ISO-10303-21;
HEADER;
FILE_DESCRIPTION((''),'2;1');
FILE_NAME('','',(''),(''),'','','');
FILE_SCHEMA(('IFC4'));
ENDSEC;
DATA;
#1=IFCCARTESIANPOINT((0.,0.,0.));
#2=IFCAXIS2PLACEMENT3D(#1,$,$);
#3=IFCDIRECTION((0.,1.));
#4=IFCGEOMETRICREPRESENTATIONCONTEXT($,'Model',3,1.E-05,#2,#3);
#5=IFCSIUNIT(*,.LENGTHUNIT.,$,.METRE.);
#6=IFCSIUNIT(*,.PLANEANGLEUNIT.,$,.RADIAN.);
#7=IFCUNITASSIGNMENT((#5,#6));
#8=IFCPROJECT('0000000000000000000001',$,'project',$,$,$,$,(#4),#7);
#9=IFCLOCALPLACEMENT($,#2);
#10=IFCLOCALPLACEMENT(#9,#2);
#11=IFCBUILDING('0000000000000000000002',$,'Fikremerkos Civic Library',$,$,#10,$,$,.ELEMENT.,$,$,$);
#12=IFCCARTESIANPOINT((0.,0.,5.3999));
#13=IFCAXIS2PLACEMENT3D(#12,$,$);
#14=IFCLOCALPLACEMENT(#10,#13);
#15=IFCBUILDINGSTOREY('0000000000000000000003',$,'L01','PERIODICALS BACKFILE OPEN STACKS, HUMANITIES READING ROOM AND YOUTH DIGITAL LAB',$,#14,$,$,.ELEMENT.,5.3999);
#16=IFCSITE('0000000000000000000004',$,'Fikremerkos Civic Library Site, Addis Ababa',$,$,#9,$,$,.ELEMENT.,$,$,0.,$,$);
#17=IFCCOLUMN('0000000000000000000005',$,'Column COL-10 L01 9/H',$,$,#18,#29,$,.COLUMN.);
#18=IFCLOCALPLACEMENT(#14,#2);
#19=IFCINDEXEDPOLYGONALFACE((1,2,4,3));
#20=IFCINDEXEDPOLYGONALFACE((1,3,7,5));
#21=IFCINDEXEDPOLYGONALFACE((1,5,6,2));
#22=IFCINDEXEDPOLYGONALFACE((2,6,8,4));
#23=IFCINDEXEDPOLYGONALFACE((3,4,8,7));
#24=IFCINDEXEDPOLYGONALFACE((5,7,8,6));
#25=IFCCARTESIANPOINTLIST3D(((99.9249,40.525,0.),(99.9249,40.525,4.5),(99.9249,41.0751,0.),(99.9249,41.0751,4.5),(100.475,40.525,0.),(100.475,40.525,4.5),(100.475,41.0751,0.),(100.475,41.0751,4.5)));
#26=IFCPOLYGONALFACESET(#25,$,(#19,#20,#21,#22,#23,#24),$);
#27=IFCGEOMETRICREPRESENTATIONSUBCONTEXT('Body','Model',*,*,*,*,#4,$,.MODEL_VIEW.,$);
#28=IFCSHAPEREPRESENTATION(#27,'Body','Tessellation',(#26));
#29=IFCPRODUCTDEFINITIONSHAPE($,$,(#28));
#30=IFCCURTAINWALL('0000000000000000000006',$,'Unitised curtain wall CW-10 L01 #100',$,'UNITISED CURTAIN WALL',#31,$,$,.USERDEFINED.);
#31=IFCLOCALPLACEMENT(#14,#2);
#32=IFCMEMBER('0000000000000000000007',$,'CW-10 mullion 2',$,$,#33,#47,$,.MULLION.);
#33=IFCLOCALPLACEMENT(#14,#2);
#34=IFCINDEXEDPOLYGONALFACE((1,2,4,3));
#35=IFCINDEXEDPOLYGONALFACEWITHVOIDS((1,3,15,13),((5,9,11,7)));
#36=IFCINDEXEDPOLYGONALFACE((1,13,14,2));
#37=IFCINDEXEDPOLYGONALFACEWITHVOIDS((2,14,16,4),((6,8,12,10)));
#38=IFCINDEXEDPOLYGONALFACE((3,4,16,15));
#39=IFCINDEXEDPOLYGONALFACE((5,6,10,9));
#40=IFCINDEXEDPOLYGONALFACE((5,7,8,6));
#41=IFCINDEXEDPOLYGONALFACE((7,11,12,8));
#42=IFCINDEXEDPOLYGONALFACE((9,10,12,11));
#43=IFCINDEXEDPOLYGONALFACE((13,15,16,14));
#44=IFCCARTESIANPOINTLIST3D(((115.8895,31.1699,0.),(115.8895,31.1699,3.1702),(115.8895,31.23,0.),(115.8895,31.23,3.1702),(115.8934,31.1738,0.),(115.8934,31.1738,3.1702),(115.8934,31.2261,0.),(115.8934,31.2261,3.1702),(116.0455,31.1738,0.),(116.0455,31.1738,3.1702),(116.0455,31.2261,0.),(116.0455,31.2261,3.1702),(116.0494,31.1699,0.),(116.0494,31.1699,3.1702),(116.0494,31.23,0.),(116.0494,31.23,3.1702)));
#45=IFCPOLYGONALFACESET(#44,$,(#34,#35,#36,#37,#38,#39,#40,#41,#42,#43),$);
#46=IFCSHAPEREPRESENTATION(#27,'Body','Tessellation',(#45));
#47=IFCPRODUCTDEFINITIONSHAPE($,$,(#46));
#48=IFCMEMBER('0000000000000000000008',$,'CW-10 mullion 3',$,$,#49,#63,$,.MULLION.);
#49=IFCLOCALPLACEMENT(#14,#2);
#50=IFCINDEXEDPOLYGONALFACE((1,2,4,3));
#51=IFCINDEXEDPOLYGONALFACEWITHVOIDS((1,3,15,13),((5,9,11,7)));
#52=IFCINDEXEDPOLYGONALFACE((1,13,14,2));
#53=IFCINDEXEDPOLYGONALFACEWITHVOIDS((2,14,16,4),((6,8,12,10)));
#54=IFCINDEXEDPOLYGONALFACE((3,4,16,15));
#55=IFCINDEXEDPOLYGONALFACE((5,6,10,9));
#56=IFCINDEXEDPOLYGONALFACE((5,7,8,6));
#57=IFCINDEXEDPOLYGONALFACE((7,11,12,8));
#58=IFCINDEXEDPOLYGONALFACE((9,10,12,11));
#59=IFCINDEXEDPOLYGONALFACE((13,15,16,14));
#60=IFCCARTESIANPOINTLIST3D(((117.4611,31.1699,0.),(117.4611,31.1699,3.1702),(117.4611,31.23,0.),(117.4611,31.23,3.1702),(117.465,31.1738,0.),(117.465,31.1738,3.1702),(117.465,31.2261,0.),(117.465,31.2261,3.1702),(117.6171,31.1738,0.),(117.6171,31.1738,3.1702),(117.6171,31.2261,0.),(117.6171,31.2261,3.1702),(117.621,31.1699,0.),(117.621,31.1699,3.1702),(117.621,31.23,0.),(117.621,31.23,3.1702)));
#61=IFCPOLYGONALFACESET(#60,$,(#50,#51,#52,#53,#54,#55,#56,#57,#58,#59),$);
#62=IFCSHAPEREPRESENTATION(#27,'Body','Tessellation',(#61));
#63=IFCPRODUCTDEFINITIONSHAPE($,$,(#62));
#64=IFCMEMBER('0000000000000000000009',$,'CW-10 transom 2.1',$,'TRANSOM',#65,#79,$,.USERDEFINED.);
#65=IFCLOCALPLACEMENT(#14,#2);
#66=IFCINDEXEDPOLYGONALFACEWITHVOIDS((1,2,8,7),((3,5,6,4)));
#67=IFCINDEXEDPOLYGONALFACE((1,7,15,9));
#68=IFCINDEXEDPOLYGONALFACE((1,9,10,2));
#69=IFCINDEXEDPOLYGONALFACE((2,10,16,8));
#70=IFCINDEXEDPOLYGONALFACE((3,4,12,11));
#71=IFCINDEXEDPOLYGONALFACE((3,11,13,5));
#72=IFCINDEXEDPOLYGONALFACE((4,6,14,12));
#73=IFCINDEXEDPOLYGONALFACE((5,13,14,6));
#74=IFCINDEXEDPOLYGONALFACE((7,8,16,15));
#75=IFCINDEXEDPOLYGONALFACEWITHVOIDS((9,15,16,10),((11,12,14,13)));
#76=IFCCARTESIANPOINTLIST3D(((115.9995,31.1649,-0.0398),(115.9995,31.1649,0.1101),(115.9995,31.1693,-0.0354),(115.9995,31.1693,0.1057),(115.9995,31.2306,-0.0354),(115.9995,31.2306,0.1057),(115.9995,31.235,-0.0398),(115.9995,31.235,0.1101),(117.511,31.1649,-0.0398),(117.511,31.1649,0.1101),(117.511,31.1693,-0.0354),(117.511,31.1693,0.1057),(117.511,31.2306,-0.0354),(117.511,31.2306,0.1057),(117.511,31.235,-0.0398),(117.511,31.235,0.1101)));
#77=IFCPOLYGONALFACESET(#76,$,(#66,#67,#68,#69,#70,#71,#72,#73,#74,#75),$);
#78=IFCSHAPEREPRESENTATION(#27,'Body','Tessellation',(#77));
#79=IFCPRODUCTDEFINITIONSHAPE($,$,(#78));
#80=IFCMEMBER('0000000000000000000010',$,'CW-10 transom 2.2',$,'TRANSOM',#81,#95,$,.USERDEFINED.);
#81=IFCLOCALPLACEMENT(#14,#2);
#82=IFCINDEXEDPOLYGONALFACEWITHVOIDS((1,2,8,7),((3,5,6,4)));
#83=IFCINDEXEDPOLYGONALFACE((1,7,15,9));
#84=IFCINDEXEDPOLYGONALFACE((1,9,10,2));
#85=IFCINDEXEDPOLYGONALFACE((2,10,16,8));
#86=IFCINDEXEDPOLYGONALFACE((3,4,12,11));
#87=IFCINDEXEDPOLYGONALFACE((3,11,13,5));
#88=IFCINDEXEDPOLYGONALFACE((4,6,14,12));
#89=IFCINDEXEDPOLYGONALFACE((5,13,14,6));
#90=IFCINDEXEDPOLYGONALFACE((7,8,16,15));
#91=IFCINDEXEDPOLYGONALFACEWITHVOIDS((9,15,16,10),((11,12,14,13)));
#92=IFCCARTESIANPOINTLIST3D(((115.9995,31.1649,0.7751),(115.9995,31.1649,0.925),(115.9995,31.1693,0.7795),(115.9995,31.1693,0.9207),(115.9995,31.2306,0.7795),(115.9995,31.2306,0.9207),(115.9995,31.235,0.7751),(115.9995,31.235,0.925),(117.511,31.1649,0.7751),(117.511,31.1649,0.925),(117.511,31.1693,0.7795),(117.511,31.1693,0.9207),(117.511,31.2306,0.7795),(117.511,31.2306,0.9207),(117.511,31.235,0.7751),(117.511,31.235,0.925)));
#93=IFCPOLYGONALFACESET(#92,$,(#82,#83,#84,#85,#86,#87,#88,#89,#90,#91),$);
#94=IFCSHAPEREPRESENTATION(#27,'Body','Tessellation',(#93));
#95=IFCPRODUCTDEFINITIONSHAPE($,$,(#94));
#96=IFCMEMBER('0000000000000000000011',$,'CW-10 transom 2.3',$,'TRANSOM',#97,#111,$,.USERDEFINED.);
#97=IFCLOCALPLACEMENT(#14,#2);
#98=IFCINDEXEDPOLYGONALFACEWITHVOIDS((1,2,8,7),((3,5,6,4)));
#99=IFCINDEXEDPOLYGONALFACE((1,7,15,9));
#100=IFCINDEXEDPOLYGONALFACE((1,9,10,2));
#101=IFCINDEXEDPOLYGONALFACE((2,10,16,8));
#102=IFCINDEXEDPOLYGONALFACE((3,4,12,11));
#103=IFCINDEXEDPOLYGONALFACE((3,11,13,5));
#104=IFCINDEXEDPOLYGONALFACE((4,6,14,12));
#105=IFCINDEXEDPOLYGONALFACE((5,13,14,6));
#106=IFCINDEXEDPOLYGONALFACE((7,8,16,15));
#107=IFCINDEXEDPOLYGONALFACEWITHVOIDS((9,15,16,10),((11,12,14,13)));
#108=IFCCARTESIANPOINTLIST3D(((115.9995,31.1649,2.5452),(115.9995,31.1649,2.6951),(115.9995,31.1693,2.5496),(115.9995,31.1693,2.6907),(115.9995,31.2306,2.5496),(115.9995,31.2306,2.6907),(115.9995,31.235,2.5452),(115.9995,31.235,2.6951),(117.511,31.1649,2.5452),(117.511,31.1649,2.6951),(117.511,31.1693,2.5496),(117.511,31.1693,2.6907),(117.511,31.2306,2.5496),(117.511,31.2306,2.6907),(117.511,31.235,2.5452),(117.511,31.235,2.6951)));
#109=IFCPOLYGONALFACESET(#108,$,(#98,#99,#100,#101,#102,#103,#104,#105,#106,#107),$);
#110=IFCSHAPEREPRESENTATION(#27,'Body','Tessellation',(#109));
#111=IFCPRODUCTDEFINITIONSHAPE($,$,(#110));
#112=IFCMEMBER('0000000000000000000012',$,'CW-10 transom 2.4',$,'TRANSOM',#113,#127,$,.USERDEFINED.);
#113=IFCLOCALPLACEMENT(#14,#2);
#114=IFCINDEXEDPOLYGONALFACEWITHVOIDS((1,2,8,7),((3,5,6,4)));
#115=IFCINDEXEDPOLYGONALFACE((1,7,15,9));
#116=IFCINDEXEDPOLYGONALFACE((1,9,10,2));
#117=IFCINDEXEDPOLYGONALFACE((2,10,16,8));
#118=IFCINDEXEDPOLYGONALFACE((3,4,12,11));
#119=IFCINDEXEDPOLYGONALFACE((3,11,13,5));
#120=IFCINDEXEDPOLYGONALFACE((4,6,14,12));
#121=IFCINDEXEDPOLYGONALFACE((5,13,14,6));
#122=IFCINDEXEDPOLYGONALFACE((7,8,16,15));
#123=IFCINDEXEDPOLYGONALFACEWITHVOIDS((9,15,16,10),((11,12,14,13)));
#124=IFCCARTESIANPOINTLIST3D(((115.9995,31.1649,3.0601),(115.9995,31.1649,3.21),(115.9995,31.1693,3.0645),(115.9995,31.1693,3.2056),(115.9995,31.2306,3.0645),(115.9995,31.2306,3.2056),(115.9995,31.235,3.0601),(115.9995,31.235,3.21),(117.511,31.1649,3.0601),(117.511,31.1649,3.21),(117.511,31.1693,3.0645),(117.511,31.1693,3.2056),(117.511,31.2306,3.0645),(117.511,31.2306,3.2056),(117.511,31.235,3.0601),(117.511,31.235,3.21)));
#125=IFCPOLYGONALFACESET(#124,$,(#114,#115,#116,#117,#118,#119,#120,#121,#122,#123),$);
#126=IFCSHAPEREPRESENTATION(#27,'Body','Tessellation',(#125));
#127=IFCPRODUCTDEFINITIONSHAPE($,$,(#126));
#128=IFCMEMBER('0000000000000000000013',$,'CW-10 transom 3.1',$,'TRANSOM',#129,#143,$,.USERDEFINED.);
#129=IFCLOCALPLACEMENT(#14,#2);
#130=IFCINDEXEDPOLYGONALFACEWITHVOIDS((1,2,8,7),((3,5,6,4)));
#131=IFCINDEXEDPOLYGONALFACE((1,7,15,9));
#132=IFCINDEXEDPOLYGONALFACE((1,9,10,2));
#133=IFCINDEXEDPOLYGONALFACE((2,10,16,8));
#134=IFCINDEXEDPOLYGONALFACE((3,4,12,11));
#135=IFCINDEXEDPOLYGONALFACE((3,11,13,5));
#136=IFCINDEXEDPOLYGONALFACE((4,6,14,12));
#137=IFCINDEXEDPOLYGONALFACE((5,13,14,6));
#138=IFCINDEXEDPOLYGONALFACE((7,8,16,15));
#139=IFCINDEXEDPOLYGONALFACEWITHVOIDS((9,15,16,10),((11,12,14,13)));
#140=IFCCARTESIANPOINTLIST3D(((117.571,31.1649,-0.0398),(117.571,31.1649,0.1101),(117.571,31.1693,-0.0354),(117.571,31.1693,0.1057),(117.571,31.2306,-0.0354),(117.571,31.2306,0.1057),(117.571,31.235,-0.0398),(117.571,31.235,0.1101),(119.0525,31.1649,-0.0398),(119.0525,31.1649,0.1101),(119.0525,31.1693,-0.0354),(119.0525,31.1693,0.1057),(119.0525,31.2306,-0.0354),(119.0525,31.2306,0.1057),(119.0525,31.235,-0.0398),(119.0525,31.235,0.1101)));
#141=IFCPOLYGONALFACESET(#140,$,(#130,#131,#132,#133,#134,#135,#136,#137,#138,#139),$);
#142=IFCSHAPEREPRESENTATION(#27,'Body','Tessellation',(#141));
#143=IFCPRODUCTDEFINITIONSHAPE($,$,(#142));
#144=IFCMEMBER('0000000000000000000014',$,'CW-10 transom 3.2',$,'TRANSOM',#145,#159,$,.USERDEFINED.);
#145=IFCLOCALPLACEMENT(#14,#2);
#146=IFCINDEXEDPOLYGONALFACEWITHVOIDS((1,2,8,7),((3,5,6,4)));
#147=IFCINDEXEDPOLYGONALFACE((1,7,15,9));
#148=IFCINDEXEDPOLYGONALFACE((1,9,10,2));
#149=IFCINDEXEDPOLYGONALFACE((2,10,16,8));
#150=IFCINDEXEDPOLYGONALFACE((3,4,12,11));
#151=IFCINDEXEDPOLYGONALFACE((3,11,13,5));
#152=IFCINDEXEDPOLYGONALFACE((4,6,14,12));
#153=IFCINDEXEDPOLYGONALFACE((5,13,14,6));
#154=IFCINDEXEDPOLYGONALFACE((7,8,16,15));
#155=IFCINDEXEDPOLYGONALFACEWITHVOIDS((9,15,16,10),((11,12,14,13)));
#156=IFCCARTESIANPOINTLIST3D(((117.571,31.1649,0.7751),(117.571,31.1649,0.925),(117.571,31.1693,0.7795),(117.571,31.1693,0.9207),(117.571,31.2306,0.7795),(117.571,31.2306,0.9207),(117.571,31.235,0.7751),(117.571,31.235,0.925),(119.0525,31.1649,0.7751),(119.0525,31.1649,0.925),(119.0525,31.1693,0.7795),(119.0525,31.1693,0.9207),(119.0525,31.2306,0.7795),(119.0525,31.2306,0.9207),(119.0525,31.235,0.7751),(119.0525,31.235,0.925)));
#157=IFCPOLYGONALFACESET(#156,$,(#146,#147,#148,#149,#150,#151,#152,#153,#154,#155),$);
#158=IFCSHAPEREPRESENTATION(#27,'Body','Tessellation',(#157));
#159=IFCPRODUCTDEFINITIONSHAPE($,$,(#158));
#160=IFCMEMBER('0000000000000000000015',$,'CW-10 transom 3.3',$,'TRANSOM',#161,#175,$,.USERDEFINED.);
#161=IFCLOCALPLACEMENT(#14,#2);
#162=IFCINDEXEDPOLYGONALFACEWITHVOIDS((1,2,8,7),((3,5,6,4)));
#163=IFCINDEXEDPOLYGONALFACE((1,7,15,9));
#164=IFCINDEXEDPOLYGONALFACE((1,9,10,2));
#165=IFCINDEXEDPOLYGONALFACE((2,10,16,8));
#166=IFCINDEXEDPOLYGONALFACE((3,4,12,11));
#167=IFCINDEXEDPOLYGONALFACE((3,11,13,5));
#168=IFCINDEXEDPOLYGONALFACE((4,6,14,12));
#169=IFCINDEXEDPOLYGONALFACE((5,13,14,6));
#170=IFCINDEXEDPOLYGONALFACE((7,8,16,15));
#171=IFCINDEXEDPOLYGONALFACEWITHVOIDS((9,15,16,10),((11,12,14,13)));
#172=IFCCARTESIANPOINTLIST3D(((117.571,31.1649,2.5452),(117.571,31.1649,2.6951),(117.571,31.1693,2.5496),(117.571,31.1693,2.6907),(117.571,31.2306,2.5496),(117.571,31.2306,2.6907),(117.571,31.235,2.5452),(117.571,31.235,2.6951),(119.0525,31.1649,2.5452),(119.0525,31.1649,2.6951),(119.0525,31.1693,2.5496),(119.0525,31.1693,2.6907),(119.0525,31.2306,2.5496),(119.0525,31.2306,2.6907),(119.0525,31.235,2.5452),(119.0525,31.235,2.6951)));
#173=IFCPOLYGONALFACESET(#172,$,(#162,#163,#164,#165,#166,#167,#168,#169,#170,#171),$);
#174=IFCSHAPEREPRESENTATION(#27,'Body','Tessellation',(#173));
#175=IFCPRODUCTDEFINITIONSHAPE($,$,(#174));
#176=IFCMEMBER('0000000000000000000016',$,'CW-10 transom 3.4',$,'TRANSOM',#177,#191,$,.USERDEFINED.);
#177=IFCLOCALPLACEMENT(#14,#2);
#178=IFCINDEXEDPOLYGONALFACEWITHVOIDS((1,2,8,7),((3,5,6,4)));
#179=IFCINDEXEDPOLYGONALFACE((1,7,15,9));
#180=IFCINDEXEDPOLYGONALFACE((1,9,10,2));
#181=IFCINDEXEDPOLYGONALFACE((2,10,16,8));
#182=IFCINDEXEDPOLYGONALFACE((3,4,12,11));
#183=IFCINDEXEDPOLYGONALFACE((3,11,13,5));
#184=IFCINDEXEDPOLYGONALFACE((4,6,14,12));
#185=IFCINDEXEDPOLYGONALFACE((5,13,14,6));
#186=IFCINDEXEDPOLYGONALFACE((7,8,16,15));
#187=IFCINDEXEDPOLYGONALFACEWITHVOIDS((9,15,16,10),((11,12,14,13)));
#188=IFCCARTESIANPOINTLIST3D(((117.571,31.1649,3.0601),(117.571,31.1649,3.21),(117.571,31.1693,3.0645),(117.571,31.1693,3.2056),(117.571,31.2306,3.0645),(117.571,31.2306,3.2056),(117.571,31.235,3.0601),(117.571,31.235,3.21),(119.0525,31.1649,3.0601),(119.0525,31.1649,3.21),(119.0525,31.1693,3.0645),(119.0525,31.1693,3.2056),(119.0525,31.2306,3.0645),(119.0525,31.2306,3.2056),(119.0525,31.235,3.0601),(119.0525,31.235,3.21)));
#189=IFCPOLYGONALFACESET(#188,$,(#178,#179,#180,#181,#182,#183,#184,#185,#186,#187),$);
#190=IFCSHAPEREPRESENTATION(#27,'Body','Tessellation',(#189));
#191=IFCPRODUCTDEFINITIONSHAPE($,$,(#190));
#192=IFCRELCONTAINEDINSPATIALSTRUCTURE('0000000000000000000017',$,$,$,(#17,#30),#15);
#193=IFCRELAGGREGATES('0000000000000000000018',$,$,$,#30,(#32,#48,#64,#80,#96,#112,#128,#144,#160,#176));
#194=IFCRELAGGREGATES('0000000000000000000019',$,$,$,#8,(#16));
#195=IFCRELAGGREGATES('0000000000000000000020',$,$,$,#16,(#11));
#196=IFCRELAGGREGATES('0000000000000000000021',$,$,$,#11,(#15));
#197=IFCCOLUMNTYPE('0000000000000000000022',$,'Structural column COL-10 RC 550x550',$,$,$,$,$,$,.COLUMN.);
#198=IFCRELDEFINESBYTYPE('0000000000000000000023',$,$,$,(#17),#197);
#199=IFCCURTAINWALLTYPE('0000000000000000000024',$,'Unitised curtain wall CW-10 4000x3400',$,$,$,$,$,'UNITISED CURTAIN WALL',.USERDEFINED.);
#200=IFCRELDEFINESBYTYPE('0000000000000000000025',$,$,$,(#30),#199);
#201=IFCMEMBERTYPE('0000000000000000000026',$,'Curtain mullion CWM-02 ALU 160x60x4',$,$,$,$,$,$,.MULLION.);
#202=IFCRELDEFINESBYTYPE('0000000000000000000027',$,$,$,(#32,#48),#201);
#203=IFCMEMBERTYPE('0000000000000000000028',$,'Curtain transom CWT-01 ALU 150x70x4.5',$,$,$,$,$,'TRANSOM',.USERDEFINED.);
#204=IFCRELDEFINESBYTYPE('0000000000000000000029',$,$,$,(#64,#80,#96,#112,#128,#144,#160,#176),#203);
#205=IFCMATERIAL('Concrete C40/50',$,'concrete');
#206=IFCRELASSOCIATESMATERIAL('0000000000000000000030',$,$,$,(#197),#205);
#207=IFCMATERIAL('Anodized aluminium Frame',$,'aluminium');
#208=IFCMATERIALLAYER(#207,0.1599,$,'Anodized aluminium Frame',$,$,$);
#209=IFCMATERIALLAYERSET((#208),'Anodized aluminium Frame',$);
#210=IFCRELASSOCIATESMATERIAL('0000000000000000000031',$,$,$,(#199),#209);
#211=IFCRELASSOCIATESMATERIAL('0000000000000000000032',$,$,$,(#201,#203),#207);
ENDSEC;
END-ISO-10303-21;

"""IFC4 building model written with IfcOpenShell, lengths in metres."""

from ifc_helpers import new_model, si_unit, direction, frame, origin, origin_2d, place, context, subcontext, project, spatial, rectangle, hollow_rectangle, extrude, material, layer, layer_set, material_profile, profile_set, type_object, element, aggregate, save


model = new_model("IFC4")

# Units and contexts
model_context = context("Model", 3, precision=1e-05, world=origin(), true_north=direction((0.0, 1.0)))
body_context = subcontext(model_context, "Body", "Model", "MODEL_VIEW")
ifc_project = project(units=[si_unit("LENGTHUNIT", "METRE"), si_unit("PLANEANGLEUNIT", "RADIAN")], contexts=[model_context])

# Site, building, storey
site_placement = place(None, origin())
site = spatial("IfcSite", under=ifc_project, at=site_placement, Name="Fikremerkos Civic Library Site, Addis Ababa", CompositionType="ELEMENT", RefElevation=0.0)
building_placement = place(site_placement, origin())
building = spatial("IfcBuilding", under=site, at=building_placement, Name="Fikremerkos Civic Library", CompositionType="ELEMENT")
storey_placement = place(building_placement, frame((0.0, 0.0, 5.3999)))
storey = spatial("IfcBuildingStorey", under=building, at=storey_placement, Name="L01", Description="PERIODICALS BACKFILE OPEN STACKS, HUMANITIES READING ROOM AND YOUTH DIGITAL LAB", CompositionType="ELEMENT", Elevation=5.3999)

# Column
ifc_material_1 = material(Name="Concrete C40/50", Category="concrete")
ifc_material_profile_1 = material_profile(ifc_material_1, rectangle(XDim=0.55, YDim=0.55, at=origin_2d()), Name="RC 550x550")
ifc_profile_set_1 = profile_set([ifc_material_profile_1], Name="Concrete C40/50")
column_type = type_object("IfcColumnType", Name="Structural column COL-10 RC 550x550", PredefinedType="COLUMN", material=ifc_profile_set_1)
column_placement = place(storey_placement, frame((100.2, 40.8, 0.0), z_axis=(0.0, 0.0, 1.0), x_axis=(1.0, 0.0, 0.0)))
element("IfcColumn", 1, at=column_placement, inside=storey, type_object=column_type, Name="Column COL-10 L01 9/H", PredefinedType="COLUMN", context=body_context, shape_type="SweptSolid", body=[
    extrude(rectangle(XDim=0.55, YDim=0.55, at=origin_2d()), origin(), (0.0, 0.0, 1.0), 4.5),
])

# Curtain wall, members
ifc_material_2 = material(Name="Anodized aluminium Frame", Category="aluminium")
ifc_layer_1 = layer(ifc_material_2, 0.1599, Name="Anodized aluminium Frame")
ifc_layer_set_1 = layer_set([ifc_layer_1], Name="Anodized aluminium Frame")
curtain_wall_type = type_object("IfcCurtainWallType", Name="Unitised curtain wall CW-10 4000x3400", ElementType="UNITISED CURTAIN WALL", PredefinedType="USERDEFINED", material=ifc_layer_set_1)
curtain_wall_placement = place(storey_placement, origin())
curtain_wall = element("IfcCurtainWall", 2, at=curtain_wall_placement, inside=storey, type_object=curtain_wall_type, Name="Unitised curtain wall CW-10 L01 #100", ObjectType="UNITISED CURTAIN WALL", PredefinedType="USERDEFINED")
ifc_material_profile_2 = material_profile(ifc_material_2, hollow_rectangle(XDim=0.0601, YDim=0.1599, WallThickness=0.0039, at=origin_2d()), Name="ALU 160x60x4")
ifc_profile_set_2 = profile_set([ifc_material_profile_2], Name="Anodized aluminium Frame")
member_type_1 = type_object("IfcMemberType", Name="Curtain mullion CWM-02 ALU 160x60x4", PredefinedType="MULLION", material=ifc_profile_set_2)
member_1_placement = place(storey_placement, frame((115.9695, 31.2, 0.0), z_axis=(0.0, 0.0, 1.0), x_axis=(0.0, 1.0, 0.0)))
member_1 = element("IfcMember", 3, at=member_1_placement, type_object=member_type_1, Name="CW-10 mullion 2", PredefinedType="MULLION", context=body_context, shape_type="SweptSolid", body=[
    extrude(hollow_rectangle(XDim=0.0601, YDim=0.1599, WallThickness=0.0039, at=origin_2d()), origin(), (0.0, 0.0, 1.0), 3.1702),
])
member_2_placement = place(storey_placement, frame((117.541, 31.2, 0.0), z_axis=(0.0, 0.0, 1.0), x_axis=(0.0, 1.0, 0.0)))
member_2 = element("IfcMember", 4, at=member_2_placement, type_object=member_type_1, Name="CW-10 mullion 3", PredefinedType="MULLION", context=body_context, shape_type="SweptSolid", body=[
    extrude(hollow_rectangle(XDim=0.0601, YDim=0.1599, WallThickness=0.0039, at=origin_2d()), origin(), (0.0, 0.0, 1.0), 3.1702),
])
ifc_material_profile_3 = material_profile(ifc_material_2, hollow_rectangle(XDim=0.0701, YDim=0.1499, WallThickness=0.0044, at=origin_2d()), Name="ALU 150x70x4.5")
ifc_profile_set_3 = profile_set([ifc_material_profile_3], Name="Anodized aluminium Frame")
member_type_2 = type_object("IfcMemberType", Name="Curtain transom CWT-01 ALU 150x70x4.5", ElementType="TRANSOM", PredefinedType="USERDEFINED", material=ifc_profile_set_3)
member_3_placement = place(storey_placement, frame((115.9995, 31.2, 0.0352), z_axis=(1.0, 0.0, 0.0), x_axis=(0.0, 1.0, 0.0)))
member_3 = element("IfcMember", 5, at=member_3_placement, type_object=member_type_2, Name="CW-10 transom 2.1", ObjectType="TRANSOM", PredefinedType="USERDEFINED", context=body_context, shape_type="SweptSolid", body=[
    extrude(hollow_rectangle(XDim=0.0701, YDim=0.1499, WallThickness=0.0044, at=origin_2d()), origin(), (0.0, 0.0, 1.0), 1.5115),
])
member_4_placement = place(storey_placement, frame((115.9995, 31.2, 0.8501), z_axis=(1.0, 0.0, 0.0), x_axis=(0.0, 1.0, 0.0)))
member_4 = element("IfcMember", 6, at=member_4_placement, type_object=member_type_2, Name="CW-10 transom 2.2", ObjectType="TRANSOM", PredefinedType="USERDEFINED", context=body_context, shape_type="SweptSolid", body=[
    extrude(hollow_rectangle(XDim=0.0701, YDim=0.1499, WallThickness=0.0044, at=origin_2d()), origin(), (0.0, 0.0, 1.0), 1.5115),
])
member_5_placement = place(storey_placement, frame((115.9995, 31.2, 2.6201), z_axis=(1.0, 0.0, 0.0), x_axis=(0.0, 1.0, 0.0)))
member_5 = element("IfcMember", 7, at=member_5_placement, type_object=member_type_2, Name="CW-10 transom 2.3", ObjectType="TRANSOM", PredefinedType="USERDEFINED", context=body_context, shape_type="SweptSolid", body=[
    extrude(hollow_rectangle(XDim=0.0701, YDim=0.1499, WallThickness=0.0044, at=origin_2d()), origin(), (0.0, 0.0, 1.0), 1.5115),
])
member_6_placement = place(storey_placement, frame((115.9995, 31.2, 3.135), z_axis=(1.0, 0.0, 0.0), x_axis=(0.0, 1.0, 0.0)))
member_6 = element("IfcMember", 8, at=member_6_placement, type_object=member_type_2, Name="CW-10 transom 2.4", ObjectType="TRANSOM", PredefinedType="USERDEFINED", context=body_context, shape_type="SweptSolid", body=[
    extrude(hollow_rectangle(XDim=0.0701, YDim=0.1499, WallThickness=0.0044, at=origin_2d()), origin(), (0.0, 0.0, 1.0), 1.5115),
])
member_7_placement = place(storey_placement, frame((117.571, 31.2, 0.0352), z_axis=(1.0, 0.0, 0.0), x_axis=(0.0, 1.0, 0.0)))
member_7 = element("IfcMember", 9, at=member_7_placement, type_object=member_type_2, Name="CW-10 transom 3.1", ObjectType="TRANSOM", PredefinedType="USERDEFINED", context=body_context, shape_type="SweptSolid", body=[
    extrude(hollow_rectangle(XDim=0.0701, YDim=0.1499, WallThickness=0.0044, at=origin_2d()), origin(), (0.0, 0.0, 1.0), 1.4814),
])
member_8_placement = place(storey_placement, frame((117.571, 31.2, 0.8501), z_axis=(1.0, 0.0, 0.0), x_axis=(0.0, 1.0, 0.0)))
member_8 = element("IfcMember", 10, at=member_8_placement, type_object=member_type_2, Name="CW-10 transom 3.2", ObjectType="TRANSOM", PredefinedType="USERDEFINED", context=body_context, shape_type="SweptSolid", body=[
    extrude(hollow_rectangle(XDim=0.0701, YDim=0.1499, WallThickness=0.0044, at=origin_2d()), origin(), (0.0, 0.0, 1.0), 1.4814),
])
member_9_placement = place(storey_placement, frame((117.571, 31.2, 2.6201), z_axis=(1.0, 0.0, 0.0), x_axis=(0.0, 1.0, 0.0)))
member_9 = element("IfcMember", 11, at=member_9_placement, type_object=member_type_2, Name="CW-10 transom 3.3", ObjectType="TRANSOM", PredefinedType="USERDEFINED", context=body_context, shape_type="SweptSolid", body=[
    extrude(hollow_rectangle(XDim=0.0701, YDim=0.1499, WallThickness=0.0044, at=origin_2d()), origin(), (0.0, 0.0, 1.0), 1.4814),
])
member_10_placement = place(storey_placement, frame((117.571, 31.2, 3.135), z_axis=(1.0, 0.0, 0.0), x_axis=(0.0, 1.0, 0.0)))
member_10 = element("IfcMember", 12, at=member_10_placement, type_object=member_type_2, Name="CW-10 transom 3.4", ObjectType="TRANSOM", PredefinedType="USERDEFINED", context=body_context, shape_type="SweptSolid", body=[
    extrude(hollow_rectangle(XDim=0.0701, YDim=0.1499, WallThickness=0.0044, at=origin_2d()), origin(), (0.0, 0.0, 1.0), 1.4814),
])

aggregate(curtain_wall, [member_1, member_2, member_3, member_4, member_5, member_6, member_7, member_8, member_9, member_10])

save(model, "model.ifc")
